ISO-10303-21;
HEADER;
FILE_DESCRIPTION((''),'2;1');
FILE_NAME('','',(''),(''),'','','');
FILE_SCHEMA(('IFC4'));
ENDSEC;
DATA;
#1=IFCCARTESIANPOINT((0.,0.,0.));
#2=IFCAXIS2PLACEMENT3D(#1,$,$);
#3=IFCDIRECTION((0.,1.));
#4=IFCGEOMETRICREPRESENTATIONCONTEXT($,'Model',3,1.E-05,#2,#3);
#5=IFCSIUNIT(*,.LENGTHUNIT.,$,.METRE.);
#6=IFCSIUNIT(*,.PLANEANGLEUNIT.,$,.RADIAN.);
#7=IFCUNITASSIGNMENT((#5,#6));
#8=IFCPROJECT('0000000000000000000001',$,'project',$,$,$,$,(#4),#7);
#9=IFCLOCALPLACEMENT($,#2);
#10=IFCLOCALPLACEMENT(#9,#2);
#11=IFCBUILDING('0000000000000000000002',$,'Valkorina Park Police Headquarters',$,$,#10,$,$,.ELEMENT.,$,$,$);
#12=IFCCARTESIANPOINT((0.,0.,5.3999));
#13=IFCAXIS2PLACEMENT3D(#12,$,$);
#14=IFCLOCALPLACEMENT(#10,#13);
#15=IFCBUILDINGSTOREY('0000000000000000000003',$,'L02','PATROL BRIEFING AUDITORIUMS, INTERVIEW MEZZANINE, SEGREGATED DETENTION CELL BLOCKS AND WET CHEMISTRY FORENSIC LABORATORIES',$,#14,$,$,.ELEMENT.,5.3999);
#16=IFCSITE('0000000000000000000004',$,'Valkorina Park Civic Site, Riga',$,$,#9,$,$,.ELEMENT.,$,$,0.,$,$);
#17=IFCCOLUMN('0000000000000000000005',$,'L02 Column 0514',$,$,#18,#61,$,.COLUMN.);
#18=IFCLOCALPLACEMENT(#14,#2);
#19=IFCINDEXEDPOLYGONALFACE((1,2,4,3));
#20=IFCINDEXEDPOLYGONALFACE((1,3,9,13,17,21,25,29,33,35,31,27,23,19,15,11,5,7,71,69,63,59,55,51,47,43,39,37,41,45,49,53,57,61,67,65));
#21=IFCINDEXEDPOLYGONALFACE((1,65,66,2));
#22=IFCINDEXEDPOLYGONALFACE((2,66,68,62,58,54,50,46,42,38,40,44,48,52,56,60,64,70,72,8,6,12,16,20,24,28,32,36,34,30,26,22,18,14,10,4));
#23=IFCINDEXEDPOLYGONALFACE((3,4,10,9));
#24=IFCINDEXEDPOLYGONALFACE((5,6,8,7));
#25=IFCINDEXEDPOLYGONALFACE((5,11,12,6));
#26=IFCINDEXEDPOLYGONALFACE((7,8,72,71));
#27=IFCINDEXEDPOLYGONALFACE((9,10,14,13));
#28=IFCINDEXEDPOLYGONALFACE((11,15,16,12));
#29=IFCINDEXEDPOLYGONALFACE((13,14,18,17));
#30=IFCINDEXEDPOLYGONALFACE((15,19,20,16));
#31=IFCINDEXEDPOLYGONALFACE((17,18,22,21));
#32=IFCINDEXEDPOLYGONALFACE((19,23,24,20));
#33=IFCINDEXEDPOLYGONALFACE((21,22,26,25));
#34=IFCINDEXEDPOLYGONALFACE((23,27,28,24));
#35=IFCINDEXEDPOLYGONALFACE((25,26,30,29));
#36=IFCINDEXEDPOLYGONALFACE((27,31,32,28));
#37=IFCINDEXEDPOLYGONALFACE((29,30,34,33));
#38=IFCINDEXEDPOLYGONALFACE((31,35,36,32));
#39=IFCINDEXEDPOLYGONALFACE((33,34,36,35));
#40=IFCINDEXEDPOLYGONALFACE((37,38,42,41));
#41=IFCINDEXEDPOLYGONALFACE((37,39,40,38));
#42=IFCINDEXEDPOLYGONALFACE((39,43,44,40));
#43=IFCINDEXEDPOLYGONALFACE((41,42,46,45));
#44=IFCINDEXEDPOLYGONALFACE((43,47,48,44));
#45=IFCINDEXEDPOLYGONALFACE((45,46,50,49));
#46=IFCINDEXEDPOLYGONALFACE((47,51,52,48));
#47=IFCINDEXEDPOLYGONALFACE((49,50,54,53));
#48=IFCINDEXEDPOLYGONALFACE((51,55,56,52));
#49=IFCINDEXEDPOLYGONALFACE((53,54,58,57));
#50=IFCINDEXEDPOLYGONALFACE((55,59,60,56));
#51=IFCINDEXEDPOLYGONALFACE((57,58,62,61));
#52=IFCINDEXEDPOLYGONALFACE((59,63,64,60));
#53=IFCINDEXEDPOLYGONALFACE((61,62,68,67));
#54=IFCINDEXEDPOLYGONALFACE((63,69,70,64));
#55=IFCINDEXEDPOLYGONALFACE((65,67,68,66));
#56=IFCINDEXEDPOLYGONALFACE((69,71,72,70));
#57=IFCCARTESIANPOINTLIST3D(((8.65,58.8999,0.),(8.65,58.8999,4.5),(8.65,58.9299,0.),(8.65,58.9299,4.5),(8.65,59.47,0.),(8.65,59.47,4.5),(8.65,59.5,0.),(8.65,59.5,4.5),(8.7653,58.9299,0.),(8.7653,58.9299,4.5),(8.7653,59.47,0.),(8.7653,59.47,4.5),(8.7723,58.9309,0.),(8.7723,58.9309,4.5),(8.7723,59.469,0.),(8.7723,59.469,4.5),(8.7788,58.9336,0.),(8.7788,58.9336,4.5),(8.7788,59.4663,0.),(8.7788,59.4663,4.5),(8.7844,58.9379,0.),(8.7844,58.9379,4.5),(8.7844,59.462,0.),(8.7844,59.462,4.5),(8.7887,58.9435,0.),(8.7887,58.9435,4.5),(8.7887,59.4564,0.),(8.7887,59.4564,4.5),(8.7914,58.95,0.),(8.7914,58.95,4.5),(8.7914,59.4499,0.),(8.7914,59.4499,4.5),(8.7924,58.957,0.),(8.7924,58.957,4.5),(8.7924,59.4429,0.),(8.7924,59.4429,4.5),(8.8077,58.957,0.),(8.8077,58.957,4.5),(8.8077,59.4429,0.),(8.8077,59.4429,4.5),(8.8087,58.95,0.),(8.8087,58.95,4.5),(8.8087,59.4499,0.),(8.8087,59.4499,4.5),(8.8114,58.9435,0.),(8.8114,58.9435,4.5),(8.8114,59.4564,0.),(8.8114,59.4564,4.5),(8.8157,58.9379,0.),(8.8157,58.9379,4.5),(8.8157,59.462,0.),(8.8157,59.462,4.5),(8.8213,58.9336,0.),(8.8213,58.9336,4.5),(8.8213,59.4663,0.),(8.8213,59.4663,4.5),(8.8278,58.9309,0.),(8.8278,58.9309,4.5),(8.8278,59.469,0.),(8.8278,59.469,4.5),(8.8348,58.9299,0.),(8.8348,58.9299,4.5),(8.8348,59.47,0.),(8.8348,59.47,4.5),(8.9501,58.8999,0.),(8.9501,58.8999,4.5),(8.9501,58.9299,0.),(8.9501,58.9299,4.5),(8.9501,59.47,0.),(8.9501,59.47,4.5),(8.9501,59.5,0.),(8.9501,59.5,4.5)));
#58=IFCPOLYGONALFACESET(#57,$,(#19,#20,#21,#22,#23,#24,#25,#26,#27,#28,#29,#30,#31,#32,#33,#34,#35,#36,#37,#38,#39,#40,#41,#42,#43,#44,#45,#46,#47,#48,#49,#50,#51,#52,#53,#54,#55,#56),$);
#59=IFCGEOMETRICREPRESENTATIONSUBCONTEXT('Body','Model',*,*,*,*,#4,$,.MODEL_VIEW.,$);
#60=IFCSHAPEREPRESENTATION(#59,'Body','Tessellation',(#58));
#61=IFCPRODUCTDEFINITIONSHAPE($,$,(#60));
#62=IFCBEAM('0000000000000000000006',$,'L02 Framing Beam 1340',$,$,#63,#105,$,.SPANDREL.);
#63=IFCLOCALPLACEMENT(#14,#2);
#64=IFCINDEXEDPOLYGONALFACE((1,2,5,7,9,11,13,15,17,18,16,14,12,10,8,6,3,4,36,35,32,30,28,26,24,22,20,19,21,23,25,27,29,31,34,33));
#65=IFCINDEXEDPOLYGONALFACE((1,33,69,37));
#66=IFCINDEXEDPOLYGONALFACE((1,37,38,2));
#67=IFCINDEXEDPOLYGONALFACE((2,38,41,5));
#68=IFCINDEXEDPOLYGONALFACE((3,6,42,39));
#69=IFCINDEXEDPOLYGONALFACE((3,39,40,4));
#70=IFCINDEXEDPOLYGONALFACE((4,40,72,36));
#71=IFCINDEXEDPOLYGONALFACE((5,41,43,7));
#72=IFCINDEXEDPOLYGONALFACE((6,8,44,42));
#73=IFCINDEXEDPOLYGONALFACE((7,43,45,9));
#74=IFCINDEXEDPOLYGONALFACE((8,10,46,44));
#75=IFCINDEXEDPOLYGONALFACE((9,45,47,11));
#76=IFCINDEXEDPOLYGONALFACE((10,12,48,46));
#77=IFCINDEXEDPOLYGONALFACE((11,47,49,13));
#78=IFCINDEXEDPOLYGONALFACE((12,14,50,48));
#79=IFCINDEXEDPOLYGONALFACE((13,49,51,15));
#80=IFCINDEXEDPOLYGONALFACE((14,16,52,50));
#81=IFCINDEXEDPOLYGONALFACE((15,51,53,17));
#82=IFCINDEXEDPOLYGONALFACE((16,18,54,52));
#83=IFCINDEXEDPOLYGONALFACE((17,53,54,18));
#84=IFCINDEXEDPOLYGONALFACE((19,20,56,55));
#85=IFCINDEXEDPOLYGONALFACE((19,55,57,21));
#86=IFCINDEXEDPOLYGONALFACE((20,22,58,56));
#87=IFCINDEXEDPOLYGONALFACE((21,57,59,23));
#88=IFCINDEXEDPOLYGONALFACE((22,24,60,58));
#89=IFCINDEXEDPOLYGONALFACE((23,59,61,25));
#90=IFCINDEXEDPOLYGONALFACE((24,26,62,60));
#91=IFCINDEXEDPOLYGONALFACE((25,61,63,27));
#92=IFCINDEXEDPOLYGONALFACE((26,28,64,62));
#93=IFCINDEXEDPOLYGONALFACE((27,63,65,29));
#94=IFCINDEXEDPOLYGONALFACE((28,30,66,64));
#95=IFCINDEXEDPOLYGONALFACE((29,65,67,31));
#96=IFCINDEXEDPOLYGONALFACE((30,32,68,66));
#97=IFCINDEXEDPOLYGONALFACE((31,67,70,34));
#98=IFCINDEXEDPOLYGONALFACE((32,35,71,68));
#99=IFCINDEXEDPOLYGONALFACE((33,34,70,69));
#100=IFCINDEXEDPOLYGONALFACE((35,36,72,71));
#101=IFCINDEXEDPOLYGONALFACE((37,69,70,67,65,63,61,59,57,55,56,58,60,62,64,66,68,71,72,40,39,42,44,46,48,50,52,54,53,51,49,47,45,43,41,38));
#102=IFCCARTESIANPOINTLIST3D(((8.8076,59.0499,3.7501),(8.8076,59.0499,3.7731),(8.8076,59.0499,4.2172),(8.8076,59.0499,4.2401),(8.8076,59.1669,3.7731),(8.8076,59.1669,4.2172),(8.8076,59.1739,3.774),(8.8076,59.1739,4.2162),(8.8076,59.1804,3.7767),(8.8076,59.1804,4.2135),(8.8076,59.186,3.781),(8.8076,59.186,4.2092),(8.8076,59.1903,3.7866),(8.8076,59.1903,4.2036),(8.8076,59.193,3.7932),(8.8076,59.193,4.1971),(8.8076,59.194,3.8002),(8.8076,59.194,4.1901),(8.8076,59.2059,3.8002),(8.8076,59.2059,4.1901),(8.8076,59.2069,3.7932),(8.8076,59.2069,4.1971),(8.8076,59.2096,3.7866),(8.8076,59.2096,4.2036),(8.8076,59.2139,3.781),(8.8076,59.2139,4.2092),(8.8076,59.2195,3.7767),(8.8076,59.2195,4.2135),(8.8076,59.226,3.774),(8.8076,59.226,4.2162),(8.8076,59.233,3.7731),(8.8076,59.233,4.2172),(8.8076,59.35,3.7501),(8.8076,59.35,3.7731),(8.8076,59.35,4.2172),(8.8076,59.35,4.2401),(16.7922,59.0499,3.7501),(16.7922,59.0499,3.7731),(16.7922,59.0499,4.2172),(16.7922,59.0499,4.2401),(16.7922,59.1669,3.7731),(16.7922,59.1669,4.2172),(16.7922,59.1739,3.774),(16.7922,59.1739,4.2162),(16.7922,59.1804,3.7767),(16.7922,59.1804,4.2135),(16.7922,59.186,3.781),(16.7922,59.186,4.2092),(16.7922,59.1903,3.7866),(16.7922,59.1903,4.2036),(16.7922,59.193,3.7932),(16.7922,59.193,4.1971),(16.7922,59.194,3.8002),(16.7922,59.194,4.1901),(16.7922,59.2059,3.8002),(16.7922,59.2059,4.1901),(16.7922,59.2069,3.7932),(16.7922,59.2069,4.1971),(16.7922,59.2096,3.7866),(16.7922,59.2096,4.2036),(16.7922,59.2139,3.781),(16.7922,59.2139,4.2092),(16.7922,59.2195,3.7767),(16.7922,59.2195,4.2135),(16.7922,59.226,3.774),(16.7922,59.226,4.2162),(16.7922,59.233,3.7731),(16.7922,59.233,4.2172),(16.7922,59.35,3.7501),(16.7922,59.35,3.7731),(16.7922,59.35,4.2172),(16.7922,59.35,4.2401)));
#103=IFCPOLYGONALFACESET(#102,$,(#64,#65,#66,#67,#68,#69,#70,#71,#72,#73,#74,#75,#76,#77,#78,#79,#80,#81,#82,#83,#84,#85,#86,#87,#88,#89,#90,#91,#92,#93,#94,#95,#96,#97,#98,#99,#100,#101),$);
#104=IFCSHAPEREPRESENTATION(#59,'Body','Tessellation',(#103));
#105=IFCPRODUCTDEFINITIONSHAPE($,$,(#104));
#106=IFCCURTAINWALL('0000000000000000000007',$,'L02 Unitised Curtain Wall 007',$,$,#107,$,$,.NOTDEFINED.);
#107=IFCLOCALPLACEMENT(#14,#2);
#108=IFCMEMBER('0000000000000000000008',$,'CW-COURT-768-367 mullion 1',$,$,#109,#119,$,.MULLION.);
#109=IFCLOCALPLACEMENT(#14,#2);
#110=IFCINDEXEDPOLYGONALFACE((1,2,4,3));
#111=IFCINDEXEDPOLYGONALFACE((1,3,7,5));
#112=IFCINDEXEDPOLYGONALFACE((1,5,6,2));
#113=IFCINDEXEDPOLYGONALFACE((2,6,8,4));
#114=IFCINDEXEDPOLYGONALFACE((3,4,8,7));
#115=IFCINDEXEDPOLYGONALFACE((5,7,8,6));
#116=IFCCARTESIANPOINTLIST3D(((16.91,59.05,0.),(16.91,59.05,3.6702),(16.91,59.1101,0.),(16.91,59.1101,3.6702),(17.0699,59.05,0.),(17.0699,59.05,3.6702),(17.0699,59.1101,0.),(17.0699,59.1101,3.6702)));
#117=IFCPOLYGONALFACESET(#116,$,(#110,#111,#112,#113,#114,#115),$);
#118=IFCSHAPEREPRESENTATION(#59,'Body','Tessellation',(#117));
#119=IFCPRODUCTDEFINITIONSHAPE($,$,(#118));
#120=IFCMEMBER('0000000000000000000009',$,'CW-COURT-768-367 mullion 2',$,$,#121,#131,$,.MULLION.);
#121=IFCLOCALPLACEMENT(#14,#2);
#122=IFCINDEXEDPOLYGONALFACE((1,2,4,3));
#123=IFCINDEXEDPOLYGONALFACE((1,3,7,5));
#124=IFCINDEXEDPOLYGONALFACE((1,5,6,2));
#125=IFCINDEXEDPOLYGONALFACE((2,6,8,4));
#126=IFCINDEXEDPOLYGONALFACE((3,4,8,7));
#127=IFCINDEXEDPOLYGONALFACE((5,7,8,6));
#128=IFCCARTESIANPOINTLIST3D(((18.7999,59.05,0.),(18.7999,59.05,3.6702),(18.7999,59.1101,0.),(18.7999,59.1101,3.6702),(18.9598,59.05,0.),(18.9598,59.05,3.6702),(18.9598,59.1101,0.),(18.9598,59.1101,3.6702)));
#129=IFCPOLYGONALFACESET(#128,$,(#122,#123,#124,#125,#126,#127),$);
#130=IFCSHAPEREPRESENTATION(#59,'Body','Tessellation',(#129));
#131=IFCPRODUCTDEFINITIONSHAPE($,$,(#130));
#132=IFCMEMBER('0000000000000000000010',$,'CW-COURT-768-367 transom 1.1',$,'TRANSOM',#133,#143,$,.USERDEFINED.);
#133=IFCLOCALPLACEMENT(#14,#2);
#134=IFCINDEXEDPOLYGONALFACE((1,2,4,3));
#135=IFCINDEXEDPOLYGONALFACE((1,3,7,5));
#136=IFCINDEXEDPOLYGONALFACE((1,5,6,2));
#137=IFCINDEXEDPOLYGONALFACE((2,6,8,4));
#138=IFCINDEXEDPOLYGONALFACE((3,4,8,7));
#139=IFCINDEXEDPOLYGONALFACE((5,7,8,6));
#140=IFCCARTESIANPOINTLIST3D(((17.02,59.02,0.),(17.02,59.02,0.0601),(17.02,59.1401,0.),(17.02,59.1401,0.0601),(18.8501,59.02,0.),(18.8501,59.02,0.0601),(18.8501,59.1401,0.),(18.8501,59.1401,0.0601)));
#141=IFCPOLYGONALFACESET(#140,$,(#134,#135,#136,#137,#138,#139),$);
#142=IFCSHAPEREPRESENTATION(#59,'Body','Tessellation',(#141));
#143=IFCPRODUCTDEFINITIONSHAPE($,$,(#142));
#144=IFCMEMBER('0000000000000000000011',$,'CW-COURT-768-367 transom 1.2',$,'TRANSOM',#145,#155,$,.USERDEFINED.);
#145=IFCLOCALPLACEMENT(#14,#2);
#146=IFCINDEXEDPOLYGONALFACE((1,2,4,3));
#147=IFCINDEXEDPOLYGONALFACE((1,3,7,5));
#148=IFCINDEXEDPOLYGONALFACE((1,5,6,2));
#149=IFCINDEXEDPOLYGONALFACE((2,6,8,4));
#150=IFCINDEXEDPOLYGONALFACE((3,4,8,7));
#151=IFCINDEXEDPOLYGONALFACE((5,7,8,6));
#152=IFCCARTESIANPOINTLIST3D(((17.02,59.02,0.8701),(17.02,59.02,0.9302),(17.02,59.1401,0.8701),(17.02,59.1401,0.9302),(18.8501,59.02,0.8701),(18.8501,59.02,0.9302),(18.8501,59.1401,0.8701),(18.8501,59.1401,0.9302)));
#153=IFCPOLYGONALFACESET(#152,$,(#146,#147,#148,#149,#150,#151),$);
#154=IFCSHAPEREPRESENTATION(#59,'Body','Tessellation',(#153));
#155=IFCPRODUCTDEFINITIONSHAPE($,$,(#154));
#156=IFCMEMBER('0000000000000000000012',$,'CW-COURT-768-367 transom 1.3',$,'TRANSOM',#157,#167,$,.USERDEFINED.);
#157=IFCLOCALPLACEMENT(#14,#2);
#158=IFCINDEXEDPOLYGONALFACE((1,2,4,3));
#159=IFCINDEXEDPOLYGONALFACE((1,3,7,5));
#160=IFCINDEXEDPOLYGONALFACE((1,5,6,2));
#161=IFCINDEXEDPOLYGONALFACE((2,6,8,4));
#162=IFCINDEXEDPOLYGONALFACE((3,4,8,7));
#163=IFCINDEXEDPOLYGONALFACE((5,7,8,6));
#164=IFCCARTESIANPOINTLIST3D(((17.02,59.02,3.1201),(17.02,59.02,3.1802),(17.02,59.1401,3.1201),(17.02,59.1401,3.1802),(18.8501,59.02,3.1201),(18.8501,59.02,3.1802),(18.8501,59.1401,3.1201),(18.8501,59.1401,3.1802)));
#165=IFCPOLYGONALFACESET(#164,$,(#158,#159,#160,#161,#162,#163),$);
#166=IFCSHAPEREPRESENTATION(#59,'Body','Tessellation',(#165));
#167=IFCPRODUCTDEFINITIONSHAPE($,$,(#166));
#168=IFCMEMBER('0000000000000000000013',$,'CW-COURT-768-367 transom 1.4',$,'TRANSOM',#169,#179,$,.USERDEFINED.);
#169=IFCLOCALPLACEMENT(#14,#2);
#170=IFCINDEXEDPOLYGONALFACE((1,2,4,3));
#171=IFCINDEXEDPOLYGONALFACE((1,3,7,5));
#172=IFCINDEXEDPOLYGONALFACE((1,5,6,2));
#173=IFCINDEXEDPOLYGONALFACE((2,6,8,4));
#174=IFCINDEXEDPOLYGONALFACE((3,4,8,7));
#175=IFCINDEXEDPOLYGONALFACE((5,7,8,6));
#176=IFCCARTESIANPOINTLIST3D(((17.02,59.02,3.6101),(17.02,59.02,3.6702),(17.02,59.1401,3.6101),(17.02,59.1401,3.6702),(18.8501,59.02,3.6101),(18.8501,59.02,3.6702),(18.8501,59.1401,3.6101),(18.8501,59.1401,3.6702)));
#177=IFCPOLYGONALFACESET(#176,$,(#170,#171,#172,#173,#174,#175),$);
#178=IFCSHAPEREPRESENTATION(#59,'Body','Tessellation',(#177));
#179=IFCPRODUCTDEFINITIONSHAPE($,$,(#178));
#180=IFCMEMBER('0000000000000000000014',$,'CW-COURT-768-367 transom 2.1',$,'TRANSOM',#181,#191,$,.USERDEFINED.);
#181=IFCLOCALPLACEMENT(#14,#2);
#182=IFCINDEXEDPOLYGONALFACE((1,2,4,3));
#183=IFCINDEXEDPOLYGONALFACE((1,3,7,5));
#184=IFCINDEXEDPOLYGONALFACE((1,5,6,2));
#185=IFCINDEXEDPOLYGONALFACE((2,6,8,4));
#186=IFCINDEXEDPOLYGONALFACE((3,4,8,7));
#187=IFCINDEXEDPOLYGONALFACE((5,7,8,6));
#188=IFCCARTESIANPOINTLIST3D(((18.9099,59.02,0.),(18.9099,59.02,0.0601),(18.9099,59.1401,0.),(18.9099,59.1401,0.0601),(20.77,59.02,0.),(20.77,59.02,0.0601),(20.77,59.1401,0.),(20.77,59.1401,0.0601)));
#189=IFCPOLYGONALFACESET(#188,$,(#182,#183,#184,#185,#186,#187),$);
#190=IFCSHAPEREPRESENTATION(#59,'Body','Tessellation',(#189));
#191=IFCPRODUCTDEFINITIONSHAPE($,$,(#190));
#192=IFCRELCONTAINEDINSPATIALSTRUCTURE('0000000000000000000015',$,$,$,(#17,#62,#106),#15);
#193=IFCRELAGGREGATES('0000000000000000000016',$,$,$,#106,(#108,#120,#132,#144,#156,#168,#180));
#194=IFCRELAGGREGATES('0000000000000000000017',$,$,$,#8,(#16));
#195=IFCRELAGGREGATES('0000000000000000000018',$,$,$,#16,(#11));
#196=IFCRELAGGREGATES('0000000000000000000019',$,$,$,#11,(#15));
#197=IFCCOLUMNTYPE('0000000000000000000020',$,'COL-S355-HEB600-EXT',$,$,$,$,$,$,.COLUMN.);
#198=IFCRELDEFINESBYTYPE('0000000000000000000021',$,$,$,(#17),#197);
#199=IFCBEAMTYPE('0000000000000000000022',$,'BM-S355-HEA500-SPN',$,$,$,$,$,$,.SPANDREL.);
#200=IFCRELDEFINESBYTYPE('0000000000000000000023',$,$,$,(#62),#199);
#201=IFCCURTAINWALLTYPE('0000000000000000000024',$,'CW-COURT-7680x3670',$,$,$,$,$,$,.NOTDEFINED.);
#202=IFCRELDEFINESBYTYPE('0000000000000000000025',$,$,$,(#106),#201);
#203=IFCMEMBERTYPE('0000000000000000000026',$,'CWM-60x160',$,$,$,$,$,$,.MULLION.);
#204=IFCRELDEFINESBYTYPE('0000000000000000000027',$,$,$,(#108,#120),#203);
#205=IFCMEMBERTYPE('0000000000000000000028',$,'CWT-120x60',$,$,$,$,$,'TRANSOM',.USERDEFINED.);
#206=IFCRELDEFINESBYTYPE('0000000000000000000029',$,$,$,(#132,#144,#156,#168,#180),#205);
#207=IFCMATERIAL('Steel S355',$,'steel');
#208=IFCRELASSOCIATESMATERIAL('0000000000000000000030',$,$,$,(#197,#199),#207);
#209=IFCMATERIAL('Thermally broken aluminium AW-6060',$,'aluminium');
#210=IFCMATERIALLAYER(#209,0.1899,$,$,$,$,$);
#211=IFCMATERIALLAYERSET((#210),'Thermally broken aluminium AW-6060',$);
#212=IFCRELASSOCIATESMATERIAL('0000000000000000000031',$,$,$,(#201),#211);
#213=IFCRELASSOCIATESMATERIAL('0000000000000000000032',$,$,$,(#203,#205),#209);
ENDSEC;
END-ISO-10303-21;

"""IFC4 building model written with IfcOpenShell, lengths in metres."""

from ifc_helpers import new_model, si_unit, direction, frame, origin, origin_2d, place, context, subcontext, project, spatial, rectangle, i_section, extrude, material, layer, layer_set, material_profile, profile_set, type_object, element, aggregate, save


model = new_model("IFC4")

# Units and contexts
model_context = context("Model", 3, precision=1e-05, world=origin(), true_north=direction((0.0, 1.0)))
body_context = subcontext(model_context, "Body", "Model", "MODEL_VIEW")
ifc_project = project(units=[si_unit("LENGTHUNIT", "METRE"), si_unit("PLANEANGLEUNIT", "RADIAN")], contexts=[model_context])

# Site, building, storey
site_placement = place(None, origin())
site = spatial("IfcSite", under=ifc_project, at=site_placement, Name="Valkorina Park Civic Site, Riga", CompositionType="ELEMENT", RefElevation=0.0)
building_placement = place(site_placement, origin())
building = spatial("IfcBuilding", under=site, at=building_placement, Name="Valkorina Park Police Headquarters", CompositionType="ELEMENT")
storey_placement = place(building_placement, frame((0.0, 0.0, 5.3999)))
storey = spatial("IfcBuildingStorey", under=building, at=storey_placement, Name="L02", Description="PATROL BRIEFING AUDITORIUMS, INTERVIEW MEZZANINE, SEGREGATED DETENTION CELL BLOCKS AND WET CHEMISTRY FORENSIC LABORATORIES", CompositionType="ELEMENT", Elevation=5.3999)

# Column
ifc_material_1 = material(Name="Steel S355", Category="steel")
ifc_material_profile_1 = material_profile(ifc_material_1, i_section(OverallWidth=0.3, OverallDepth=0.6001, WebThickness=0.0154, FlangeThickness=0.03, FilletRadius=0.0271, at=origin_2d()), Name="HEB 600")
ifc_profile_set_1 = profile_set([ifc_material_profile_1], Name="Steel S355")
column_type = type_object("IfcColumnType", Name="COL-S355-HEB600-EXT", PredefinedType="COLUMN", material=ifc_profile_set_1)
column_placement = place(storey_placement, frame((8.8, 59.2, 0.0), z_axis=(0.0, 0.0, 1.0), x_axis=(1.0, 0.0, 0.0)))
element("IfcColumn", 1, at=column_placement, inside=storey, type_object=column_type, Name="L02 Column 0514", PredefinedType="COLUMN", context=body_context, shape_type="SweptSolid", body=[
    extrude(i_section(OverallWidth=0.3, OverallDepth=0.6001, WebThickness=0.0154, FlangeThickness=0.03, FilletRadius=0.0271, at=origin_2d()), origin(), (0.0, 0.0, 1.0), 4.5),
])

# Beam
ifc_material_profile_2 = material_profile(ifc_material_1, i_section(OverallWidth=0.3, OverallDepth=0.49, WebThickness=0.012, FlangeThickness=0.0229, FilletRadius=0.0271, at=origin_2d()), Name="HEA 500")
ifc_profile_set_2 = profile_set([ifc_material_profile_2], Name="Steel S355")
beam_type = type_object("IfcBeamType", Name="BM-S355-HEA500-SPN", PredefinedType="SPANDREL", material=ifc_profile_set_2)
beam_placement = place(storey_placement, frame((8.8076, 59.2, 3.9951), z_axis=(1.0, 0.0, 0.0), x_axis=(0.0, 1.0, 0.0)))
element("IfcBeam", 2, at=beam_placement, inside=storey, type_object=beam_type, Name="L02 Framing Beam 1340", PredefinedType="SPANDREL", context=body_context, shape_type="SweptSolid", body=[
    extrude(i_section(OverallWidth=0.3, OverallDepth=0.49, WebThickness=0.012, FlangeThickness=0.0229, FilletRadius=0.0271, at=origin_2d()), origin(), (0.0, 0.0, 1.0), 7.9846),
])

# Curtain wall, members
ifc_material_2 = material(Name="Thermally broken aluminium AW-6060", Category="aluminium")
ifc_layer_1 = layer(ifc_material_2, 0.1899)
ifc_layer_set_1 = layer_set([ifc_layer_1], Name="Thermally broken aluminium AW-6060")
curtain_wall_type = type_object("IfcCurtainWallType", Name="CW-COURT-7680x3670", PredefinedType="NOTDEFINED", material=ifc_layer_set_1)
curtain_wall_placement = place(storey_placement, origin())
curtain_wall = element("IfcCurtainWall", 3, at=curtain_wall_placement, inside=storey, type_object=curtain_wall_type, Name="L02 Unitised Curtain Wall 007", PredefinedType="NOTDEFINED")
ifc_material_profile_3 = material_profile(ifc_material_2, rectangle(XDim=0.0601, YDim=0.1599, at=origin_2d()), Name="CWM-01 60x160")
ifc_profile_set_3 = profile_set([ifc_material_profile_3], Name="Thermally broken aluminium AW-6060")
member_type_1 = type_object("IfcMemberType", Name="CWM-60x160", PredefinedType="MULLION", material=ifc_profile_set_3)
member_1_placement = place(storey_placement, frame((16.99, 59.0801, 0.0), z_axis=(0.0, 0.0, 1.0), x_axis=(0.0, 1.0, 0.0)))
member_1 = element("IfcMember", 4, at=member_1_placement, type_object=member_type_1, Name="CW-COURT-768-367 mullion 1", PredefinedType="MULLION", context=body_context, shape_type="SweptSolid", body=[
    extrude(rectangle(XDim=0.0601, YDim=0.1599, at=origin_2d()), origin(), (0.0, 0.0, 1.0), 3.6702),
])
member_2_placement = place(storey_placement, frame((18.8799, 59.0801, 0.0), z_axis=(0.0, 0.0, 1.0), x_axis=(0.0, 1.0, 0.0)))
member_2 = element("IfcMember", 5, at=member_2_placement, type_object=member_type_1, Name="CW-COURT-768-367 mullion 2", PredefinedType="MULLION", context=body_context, shape_type="SweptSolid", body=[
    extrude(rectangle(XDim=0.0601, YDim=0.1599, at=origin_2d()), origin(), (0.0, 0.0, 1.0), 3.6702),
])
ifc_material_profile_4 = material_profile(ifc_material_2, rectangle(XDim=0.1201, YDim=0.0601, at=origin_2d()), Name="CWT-01 120x60")
ifc_profile_set_4 = profile_set([ifc_material_profile_4], Name="Thermally broken aluminium AW-6060")
member_type_2 = type_object("IfcMemberType", Name="CWT-120x60", ElementType="TRANSOM", PredefinedType="USERDEFINED", material=ifc_profile_set_4)
member_3_placement = place(storey_placement, frame((17.02, 59.0801, 0.03), z_axis=(1.0, 0.0, 0.0), x_axis=(0.0, 1.0, 0.0)))
member_3 = element("IfcMember", 6, at=member_3_placement, type_object=member_type_2, Name="CW-COURT-768-367 transom 1.1", ObjectType="TRANSOM", PredefinedType="USERDEFINED", context=body_context, shape_type="SweptSolid", body=[
    extrude(rectangle(XDim=0.1201, YDim=0.0601, at=origin_2d()), origin(), (0.0, 0.0, 1.0), 1.8301),
])
member_4_placement = place(storey_placement, frame((17.02, 59.0801, 0.9001), z_axis=(1.0, 0.0, 0.0), x_axis=(0.0, 1.0, 0.0)))
member_4 = element("IfcMember", 7, at=member_4_placement, type_object=member_type_2, Name="CW-COURT-768-367 transom 1.2", ObjectType="TRANSOM", PredefinedType="USERDEFINED", context=body_context, shape_type="SweptSolid", body=[
    extrude(rectangle(XDim=0.1201, YDim=0.0601, at=origin_2d()), origin(), (0.0, 0.0, 1.0), 1.8301),
])
member_5_placement = place(storey_placement, frame((17.02, 59.0801, 3.1501), z_axis=(1.0, 0.0, 0.0), x_axis=(0.0, 1.0, 0.0)))
member_5 = element("IfcMember", 8, at=member_5_placement, type_object=member_type_2, Name="CW-COURT-768-367 transom 1.3", ObjectType="TRANSOM", PredefinedType="USERDEFINED", context=body_context, shape_type="SweptSolid", body=[
    extrude(rectangle(XDim=0.1201, YDim=0.0601, at=origin_2d()), origin(), (0.0, 0.0, 1.0), 1.8301),
])
member_6_placement = place(storey_placement, frame((17.02, 59.0801, 3.6401), z_axis=(1.0, 0.0, 0.0), x_axis=(0.0, 1.0, 0.0)))
member_6 = element("IfcMember", 9, at=member_6_placement, type_object=member_type_2, Name="CW-COURT-768-367 transom 1.4", ObjectType="TRANSOM", PredefinedType="USERDEFINED", context=body_context, shape_type="SweptSolid", body=[
    extrude(rectangle(XDim=0.1201, YDim=0.0601, at=origin_2d()), origin(), (0.0, 0.0, 1.0), 1.8301),
])
member_7_placement = place(storey_placement, frame((18.9099, 59.0801, 0.03), z_axis=(1.0, 0.0, 0.0), x_axis=(0.0, 1.0, 0.0)))
member_7 = element("IfcMember", 10, at=member_7_placement, type_object=member_type_2, Name="CW-COURT-768-367 transom 2.1", ObjectType="TRANSOM", PredefinedType="USERDEFINED", context=body_context, shape_type="SweptSolid", body=[
    extrude(rectangle(XDim=0.1201, YDim=0.0601, at=origin_2d()), origin(), (0.0, 0.0, 1.0), 1.8601),
])
aggregate(curtain_wall, [member_1, member_2, member_3, member_4, member_5, member_6, member_7])

save(model, "model.ifc")
